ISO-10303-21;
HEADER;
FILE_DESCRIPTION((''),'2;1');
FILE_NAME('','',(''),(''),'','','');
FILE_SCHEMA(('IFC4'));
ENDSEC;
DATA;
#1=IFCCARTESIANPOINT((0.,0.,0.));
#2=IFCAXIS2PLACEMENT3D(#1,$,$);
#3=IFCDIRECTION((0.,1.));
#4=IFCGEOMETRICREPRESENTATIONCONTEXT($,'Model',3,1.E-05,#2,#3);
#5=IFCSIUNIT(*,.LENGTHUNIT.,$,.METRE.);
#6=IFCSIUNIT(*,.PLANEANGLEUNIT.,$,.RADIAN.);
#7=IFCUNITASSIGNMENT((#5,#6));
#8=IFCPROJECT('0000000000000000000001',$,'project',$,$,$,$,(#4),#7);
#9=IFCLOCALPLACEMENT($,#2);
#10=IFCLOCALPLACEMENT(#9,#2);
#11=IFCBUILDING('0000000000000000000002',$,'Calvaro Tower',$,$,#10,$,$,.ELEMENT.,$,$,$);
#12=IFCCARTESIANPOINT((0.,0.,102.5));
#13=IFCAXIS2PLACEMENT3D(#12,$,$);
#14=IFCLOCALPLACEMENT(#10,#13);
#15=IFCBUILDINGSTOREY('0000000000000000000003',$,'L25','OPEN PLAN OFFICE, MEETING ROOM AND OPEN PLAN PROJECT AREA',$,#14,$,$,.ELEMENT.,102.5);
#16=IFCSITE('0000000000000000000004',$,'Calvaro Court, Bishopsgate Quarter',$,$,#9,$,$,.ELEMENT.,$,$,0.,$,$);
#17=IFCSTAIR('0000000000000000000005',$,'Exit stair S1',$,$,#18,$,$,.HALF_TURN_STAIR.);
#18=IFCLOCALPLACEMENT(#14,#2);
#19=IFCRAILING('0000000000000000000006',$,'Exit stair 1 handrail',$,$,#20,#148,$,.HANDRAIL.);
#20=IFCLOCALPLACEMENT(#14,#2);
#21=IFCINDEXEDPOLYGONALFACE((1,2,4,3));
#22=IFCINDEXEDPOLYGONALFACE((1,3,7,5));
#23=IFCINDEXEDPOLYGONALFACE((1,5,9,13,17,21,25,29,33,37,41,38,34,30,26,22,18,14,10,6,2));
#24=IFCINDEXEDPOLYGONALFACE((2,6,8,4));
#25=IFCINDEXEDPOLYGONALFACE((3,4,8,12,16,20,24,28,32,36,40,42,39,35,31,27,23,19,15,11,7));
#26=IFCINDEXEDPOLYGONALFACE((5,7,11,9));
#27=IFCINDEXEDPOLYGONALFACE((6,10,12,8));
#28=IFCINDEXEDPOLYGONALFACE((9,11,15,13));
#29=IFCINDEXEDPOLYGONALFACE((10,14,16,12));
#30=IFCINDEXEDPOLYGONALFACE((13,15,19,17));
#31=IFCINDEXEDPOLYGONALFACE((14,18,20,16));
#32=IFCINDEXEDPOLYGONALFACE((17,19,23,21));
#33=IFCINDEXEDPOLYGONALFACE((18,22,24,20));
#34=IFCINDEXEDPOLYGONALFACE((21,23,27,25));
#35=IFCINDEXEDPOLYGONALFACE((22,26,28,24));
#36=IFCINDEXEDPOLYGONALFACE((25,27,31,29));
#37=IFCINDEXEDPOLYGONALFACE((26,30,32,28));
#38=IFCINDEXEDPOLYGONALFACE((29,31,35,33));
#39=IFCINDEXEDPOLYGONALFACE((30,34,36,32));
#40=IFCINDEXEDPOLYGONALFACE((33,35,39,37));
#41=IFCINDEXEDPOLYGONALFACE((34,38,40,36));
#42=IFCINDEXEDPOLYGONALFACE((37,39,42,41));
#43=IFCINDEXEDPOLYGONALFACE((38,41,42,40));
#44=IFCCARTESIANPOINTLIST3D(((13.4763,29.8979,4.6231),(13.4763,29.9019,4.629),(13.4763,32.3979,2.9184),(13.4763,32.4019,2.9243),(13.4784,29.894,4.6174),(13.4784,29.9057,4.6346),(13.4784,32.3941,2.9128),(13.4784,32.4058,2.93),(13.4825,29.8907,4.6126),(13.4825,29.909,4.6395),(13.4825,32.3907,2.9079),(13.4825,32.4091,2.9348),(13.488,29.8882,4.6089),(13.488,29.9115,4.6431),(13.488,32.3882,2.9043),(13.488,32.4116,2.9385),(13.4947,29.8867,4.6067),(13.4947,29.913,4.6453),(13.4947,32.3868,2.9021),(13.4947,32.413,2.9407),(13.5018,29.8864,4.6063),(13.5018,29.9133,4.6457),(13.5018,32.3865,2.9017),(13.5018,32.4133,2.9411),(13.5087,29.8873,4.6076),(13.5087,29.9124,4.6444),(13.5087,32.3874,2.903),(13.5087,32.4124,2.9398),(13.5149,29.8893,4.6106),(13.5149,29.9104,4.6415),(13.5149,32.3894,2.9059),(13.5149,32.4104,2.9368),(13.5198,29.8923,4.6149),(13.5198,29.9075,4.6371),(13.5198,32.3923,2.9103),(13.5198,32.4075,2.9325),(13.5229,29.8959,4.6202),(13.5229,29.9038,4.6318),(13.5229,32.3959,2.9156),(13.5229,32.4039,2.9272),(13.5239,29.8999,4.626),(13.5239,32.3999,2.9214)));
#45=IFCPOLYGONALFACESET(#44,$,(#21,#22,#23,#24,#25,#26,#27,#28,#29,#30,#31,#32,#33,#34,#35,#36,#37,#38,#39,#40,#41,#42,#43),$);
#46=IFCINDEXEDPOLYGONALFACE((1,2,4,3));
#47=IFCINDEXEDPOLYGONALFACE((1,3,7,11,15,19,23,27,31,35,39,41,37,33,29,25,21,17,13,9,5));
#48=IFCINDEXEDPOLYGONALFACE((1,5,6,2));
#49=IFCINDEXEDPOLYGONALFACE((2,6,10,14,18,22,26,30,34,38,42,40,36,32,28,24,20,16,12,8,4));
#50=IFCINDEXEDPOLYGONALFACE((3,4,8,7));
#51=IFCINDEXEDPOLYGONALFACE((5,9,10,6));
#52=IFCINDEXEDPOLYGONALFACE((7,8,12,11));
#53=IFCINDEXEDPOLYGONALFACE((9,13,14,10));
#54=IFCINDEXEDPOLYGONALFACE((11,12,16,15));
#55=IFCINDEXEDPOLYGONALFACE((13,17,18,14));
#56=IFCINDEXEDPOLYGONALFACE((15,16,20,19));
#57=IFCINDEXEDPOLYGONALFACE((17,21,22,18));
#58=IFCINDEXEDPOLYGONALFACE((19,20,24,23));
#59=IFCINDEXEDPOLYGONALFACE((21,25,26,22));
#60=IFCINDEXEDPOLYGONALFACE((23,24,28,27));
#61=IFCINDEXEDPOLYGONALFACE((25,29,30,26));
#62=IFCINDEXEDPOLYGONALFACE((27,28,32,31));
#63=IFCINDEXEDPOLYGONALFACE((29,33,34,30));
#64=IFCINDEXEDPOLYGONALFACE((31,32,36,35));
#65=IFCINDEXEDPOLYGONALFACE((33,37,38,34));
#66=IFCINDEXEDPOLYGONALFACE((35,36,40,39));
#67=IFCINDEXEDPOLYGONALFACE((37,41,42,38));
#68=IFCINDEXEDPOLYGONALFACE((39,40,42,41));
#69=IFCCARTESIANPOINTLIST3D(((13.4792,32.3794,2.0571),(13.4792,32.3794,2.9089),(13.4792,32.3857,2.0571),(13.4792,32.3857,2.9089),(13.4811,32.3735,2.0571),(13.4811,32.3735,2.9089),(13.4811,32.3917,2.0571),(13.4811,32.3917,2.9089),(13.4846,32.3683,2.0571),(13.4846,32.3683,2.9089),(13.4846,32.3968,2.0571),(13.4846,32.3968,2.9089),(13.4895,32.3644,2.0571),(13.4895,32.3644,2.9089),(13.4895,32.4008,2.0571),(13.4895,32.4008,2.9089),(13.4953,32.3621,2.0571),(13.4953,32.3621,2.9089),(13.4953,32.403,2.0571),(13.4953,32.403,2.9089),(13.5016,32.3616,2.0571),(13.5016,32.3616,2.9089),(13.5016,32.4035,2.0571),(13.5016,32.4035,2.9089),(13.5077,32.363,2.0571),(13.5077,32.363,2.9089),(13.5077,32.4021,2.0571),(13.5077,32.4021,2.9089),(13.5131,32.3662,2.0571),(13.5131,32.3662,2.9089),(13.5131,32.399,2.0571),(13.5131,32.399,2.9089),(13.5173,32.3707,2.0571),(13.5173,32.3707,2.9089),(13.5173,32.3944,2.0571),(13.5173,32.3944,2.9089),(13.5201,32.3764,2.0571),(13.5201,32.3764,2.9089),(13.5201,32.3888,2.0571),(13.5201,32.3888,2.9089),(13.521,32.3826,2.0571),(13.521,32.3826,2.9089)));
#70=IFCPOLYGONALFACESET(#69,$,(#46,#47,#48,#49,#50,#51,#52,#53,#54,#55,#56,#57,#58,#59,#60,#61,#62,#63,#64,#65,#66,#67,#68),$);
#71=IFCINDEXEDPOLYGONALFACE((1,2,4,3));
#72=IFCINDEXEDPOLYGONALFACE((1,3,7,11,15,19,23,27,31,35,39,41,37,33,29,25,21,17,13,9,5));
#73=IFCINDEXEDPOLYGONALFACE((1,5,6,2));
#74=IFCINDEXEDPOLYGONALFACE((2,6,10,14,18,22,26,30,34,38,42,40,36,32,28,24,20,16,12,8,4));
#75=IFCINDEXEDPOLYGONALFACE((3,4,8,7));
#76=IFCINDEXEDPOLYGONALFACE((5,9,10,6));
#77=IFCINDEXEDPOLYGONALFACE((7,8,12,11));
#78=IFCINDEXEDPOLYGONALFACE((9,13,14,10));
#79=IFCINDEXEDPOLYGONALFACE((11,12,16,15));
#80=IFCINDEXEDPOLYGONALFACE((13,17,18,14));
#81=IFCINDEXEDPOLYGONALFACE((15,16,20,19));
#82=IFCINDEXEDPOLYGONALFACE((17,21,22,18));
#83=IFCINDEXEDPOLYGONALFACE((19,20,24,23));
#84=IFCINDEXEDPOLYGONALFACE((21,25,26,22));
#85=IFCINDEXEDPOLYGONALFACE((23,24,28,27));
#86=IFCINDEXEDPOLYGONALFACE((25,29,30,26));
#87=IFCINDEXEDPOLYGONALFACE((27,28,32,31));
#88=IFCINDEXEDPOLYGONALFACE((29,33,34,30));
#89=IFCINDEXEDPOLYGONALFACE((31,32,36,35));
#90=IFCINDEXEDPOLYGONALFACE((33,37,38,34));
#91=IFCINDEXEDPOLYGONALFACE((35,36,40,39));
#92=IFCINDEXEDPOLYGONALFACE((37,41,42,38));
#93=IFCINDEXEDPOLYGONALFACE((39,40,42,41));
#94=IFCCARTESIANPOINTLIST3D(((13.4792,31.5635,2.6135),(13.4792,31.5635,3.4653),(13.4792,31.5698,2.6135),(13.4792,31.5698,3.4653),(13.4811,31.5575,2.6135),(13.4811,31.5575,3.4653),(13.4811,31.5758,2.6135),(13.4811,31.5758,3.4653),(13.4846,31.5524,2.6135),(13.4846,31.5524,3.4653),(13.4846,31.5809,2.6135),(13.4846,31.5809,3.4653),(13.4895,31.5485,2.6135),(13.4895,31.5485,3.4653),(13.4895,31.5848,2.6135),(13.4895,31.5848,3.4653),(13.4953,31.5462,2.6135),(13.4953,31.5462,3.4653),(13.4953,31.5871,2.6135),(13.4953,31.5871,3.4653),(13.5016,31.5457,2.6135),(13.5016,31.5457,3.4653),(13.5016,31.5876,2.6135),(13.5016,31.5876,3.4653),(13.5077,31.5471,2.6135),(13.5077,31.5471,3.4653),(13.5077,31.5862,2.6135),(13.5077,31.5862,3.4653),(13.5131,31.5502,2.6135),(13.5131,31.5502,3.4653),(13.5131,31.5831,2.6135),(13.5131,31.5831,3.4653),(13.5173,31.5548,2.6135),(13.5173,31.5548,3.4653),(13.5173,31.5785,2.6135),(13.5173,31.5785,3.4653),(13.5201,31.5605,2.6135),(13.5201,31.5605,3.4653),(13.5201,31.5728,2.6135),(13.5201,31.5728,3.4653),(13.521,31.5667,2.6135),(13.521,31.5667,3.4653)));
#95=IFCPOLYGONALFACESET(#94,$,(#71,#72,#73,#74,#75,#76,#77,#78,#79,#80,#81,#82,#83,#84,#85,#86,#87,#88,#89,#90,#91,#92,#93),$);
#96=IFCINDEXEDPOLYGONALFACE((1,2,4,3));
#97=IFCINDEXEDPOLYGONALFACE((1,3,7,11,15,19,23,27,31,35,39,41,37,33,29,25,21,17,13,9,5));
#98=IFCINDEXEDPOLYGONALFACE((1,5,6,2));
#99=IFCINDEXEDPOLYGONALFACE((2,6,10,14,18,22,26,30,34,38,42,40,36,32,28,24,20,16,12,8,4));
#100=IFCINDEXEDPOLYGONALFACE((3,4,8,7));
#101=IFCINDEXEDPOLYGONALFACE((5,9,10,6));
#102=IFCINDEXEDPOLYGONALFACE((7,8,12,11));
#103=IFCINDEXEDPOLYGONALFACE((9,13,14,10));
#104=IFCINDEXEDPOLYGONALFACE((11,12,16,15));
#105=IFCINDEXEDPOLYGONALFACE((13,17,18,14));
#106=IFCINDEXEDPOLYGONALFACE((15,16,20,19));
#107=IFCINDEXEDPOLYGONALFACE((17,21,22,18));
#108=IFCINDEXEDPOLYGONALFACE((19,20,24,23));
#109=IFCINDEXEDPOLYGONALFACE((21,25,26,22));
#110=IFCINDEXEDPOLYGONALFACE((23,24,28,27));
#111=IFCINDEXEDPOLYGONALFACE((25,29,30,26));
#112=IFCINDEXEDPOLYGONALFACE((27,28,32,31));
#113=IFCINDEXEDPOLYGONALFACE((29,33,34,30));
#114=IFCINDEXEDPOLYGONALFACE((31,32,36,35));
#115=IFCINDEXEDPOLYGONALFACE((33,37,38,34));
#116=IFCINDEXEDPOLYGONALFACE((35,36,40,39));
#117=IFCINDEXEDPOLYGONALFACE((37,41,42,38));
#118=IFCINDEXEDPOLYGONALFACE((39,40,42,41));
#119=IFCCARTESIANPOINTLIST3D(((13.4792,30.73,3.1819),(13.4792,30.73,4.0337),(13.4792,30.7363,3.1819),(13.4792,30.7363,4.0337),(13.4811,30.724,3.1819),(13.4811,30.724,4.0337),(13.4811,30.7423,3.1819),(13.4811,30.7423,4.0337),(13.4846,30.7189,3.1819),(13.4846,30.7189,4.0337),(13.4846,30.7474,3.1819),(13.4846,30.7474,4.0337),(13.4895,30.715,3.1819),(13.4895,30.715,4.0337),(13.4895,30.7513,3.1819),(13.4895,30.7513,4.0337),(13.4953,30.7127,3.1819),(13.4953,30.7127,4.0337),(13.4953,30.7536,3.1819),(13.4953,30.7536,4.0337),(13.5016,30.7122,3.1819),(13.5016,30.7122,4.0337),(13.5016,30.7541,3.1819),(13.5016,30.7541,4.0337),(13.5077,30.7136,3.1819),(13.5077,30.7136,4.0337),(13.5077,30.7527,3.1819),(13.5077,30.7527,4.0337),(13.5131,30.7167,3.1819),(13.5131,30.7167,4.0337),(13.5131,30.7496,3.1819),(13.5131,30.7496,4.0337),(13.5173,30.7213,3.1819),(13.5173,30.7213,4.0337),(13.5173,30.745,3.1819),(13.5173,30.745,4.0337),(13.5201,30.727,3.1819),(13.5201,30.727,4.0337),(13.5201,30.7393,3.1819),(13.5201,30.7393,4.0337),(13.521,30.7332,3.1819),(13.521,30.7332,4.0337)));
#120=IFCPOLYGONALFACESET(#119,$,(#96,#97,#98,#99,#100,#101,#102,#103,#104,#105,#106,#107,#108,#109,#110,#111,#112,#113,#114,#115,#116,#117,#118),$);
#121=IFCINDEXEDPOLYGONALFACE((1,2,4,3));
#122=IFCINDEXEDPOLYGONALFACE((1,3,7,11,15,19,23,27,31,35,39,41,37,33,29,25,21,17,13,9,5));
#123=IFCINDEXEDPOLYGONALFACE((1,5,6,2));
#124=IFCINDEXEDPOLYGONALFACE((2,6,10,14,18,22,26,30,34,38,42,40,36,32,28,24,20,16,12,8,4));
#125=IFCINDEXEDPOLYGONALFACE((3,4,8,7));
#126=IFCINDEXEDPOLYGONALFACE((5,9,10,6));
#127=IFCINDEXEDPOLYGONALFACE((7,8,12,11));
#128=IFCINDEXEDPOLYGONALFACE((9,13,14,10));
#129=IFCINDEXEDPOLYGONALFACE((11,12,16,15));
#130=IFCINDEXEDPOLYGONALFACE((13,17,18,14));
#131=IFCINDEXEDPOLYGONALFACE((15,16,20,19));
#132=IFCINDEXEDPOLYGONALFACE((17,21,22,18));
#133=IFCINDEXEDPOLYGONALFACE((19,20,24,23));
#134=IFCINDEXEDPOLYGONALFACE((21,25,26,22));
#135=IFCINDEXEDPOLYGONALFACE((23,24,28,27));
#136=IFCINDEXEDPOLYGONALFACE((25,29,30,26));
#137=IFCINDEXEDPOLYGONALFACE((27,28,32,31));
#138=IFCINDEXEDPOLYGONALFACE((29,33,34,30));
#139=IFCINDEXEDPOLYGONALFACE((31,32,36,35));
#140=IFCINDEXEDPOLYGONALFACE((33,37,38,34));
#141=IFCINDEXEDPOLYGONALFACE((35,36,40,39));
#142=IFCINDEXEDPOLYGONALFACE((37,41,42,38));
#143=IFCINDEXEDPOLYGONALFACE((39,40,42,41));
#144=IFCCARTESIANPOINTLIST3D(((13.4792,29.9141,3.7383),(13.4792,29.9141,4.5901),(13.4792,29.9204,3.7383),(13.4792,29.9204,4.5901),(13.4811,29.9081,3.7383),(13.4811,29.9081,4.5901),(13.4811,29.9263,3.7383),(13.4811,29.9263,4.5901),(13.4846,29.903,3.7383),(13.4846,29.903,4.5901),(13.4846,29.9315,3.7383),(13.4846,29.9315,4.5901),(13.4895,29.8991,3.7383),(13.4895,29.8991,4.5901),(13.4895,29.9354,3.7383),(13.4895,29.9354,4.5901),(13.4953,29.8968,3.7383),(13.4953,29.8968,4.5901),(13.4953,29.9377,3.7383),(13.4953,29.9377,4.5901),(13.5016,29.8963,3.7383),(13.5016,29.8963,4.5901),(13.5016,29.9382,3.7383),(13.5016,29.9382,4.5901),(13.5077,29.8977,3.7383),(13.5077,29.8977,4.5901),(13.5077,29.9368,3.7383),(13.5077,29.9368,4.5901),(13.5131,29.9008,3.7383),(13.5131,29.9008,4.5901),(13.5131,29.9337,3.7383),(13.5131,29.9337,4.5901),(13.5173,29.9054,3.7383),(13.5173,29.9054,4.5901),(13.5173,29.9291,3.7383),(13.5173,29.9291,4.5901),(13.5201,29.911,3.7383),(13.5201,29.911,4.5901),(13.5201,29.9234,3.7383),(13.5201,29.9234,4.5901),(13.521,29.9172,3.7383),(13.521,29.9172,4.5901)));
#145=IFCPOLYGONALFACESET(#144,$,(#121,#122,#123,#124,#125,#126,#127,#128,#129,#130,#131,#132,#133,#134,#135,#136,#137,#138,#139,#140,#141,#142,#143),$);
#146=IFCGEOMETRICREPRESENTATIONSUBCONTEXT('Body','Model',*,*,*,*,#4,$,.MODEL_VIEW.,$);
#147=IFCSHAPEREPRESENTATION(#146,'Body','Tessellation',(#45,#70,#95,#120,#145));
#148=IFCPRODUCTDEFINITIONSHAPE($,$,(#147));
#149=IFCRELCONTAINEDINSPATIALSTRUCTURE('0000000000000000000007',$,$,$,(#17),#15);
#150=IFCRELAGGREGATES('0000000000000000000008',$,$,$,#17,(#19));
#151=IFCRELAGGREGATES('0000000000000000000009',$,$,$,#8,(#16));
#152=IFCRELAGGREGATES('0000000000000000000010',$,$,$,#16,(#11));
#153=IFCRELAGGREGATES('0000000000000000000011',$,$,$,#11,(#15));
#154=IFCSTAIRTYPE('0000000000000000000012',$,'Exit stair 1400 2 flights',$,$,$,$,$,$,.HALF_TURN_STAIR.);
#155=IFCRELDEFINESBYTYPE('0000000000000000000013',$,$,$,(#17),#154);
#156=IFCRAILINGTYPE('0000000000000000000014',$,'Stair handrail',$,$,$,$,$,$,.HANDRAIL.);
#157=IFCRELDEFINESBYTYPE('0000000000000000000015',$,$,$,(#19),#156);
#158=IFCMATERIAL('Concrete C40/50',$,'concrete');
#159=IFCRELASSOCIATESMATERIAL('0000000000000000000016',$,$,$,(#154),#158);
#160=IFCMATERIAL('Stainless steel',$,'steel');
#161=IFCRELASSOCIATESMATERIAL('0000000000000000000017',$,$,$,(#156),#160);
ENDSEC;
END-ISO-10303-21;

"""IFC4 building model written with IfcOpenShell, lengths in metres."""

from ifc_helpers import new_model, si_unit, direction, frame, origin, origin_2d, place, context, subcontext, project, spatial, circle, extrude, material, type_object, element, aggregate, save


model = new_model("IFC4")

# Units and contexts
model_context = context("Model", 3, precision=1e-05, world=origin(), true_north=direction((0.0, 1.0)))
body_context = subcontext(model_context, "Body", "Model", "MODEL_VIEW")
ifc_project = project(units=[si_unit("LENGTHUNIT", "METRE"), si_unit("PLANEANGLEUNIT", "RADIAN")], contexts=[model_context])

# Site, building, storey
site_placement = place(None, origin())
site = spatial("IfcSite", under=ifc_project, at=site_placement, Name="Calvaro Court, Bishopsgate Quarter", CompositionType="ELEMENT", RefElevation=0.0)
building_placement = place(site_placement, origin())
building = spatial("IfcBuilding", under=site, at=building_placement, Name="Calvaro Tower", CompositionType="ELEMENT")
storey_placement = place(building_placement, frame((0.0, 0.0, 102.5)))
storey = spatial("IfcBuildingStorey", under=building, at=storey_placement, Name="L25", Description="OPEN PLAN OFFICE, MEETING ROOM AND OPEN PLAN PROJECT AREA", CompositionType="ELEMENT", Elevation=102.5)

# Stair, railing
ifc_material_1 = material(Name="Concrete C40/50", Category="concrete")
stair_type = type_object("IfcStairType", Name="Exit stair 1400 2 flights", PredefinedType="HALF_TURN_STAIR", material=ifc_material_1)
stair_placement = place(storey_placement, origin())
stair = element("IfcStair", 1, at=stair_placement, inside=storey, type_object=stair_type, Name="Exit stair S1", PredefinedType="HALF_TURN_STAIR")
ifc_material_2 = material(Name="Stainless steel", Category="steel")
railing_type = type_object("IfcRailingType", Name="Stair handrail", PredefinedType="HANDRAIL", material=ifc_material_2)
railing_1_placement = place(storey_placement, frame((13.5, 32.3999, 2.0454)))
railing_1 = element("IfcRailing", 2, at=railing_1_placement, type_object=railing_type, Name="Exit stair 1 handrail", PredefinedType="HANDRAIL", context=body_context, shape_type="SweptSolid", body=[
    extrude(circle(Radius=0.0239, at=origin_2d()), frame((0.0, 0.0, 0.876), z_axis=(0.0, -0.826221, 0.563347), x_axis=(1.0, 0.0, 0.0)), (0.0, 0.0, 1.0), 3.0259),
    extrude(circle(Radius=0.021, at=origin_2d()), frame((0.0, -0.0173, 0.0117)), (0.0, 0.0, 1.0), 0.8518),
    extrude(circle(Radius=0.021, at=origin_2d()), frame((0.0, -0.8333, 0.5681)), (0.0, 0.0, 1.0), 0.8518),
    extrude(circle(Radius=0.021, at=origin_2d()), frame((0.0, -1.6667, 1.1365)), (0.0, 0.0, 1.0), 0.8518),
    extrude(circle(Radius=0.021, at=origin_2d()), frame((0.0, -2.4827, 1.6929)), (0.0, 0.0, 1.0), 0.8518),
])
aggregate(stair, [railing_1])

save(model, "model.ifc")
